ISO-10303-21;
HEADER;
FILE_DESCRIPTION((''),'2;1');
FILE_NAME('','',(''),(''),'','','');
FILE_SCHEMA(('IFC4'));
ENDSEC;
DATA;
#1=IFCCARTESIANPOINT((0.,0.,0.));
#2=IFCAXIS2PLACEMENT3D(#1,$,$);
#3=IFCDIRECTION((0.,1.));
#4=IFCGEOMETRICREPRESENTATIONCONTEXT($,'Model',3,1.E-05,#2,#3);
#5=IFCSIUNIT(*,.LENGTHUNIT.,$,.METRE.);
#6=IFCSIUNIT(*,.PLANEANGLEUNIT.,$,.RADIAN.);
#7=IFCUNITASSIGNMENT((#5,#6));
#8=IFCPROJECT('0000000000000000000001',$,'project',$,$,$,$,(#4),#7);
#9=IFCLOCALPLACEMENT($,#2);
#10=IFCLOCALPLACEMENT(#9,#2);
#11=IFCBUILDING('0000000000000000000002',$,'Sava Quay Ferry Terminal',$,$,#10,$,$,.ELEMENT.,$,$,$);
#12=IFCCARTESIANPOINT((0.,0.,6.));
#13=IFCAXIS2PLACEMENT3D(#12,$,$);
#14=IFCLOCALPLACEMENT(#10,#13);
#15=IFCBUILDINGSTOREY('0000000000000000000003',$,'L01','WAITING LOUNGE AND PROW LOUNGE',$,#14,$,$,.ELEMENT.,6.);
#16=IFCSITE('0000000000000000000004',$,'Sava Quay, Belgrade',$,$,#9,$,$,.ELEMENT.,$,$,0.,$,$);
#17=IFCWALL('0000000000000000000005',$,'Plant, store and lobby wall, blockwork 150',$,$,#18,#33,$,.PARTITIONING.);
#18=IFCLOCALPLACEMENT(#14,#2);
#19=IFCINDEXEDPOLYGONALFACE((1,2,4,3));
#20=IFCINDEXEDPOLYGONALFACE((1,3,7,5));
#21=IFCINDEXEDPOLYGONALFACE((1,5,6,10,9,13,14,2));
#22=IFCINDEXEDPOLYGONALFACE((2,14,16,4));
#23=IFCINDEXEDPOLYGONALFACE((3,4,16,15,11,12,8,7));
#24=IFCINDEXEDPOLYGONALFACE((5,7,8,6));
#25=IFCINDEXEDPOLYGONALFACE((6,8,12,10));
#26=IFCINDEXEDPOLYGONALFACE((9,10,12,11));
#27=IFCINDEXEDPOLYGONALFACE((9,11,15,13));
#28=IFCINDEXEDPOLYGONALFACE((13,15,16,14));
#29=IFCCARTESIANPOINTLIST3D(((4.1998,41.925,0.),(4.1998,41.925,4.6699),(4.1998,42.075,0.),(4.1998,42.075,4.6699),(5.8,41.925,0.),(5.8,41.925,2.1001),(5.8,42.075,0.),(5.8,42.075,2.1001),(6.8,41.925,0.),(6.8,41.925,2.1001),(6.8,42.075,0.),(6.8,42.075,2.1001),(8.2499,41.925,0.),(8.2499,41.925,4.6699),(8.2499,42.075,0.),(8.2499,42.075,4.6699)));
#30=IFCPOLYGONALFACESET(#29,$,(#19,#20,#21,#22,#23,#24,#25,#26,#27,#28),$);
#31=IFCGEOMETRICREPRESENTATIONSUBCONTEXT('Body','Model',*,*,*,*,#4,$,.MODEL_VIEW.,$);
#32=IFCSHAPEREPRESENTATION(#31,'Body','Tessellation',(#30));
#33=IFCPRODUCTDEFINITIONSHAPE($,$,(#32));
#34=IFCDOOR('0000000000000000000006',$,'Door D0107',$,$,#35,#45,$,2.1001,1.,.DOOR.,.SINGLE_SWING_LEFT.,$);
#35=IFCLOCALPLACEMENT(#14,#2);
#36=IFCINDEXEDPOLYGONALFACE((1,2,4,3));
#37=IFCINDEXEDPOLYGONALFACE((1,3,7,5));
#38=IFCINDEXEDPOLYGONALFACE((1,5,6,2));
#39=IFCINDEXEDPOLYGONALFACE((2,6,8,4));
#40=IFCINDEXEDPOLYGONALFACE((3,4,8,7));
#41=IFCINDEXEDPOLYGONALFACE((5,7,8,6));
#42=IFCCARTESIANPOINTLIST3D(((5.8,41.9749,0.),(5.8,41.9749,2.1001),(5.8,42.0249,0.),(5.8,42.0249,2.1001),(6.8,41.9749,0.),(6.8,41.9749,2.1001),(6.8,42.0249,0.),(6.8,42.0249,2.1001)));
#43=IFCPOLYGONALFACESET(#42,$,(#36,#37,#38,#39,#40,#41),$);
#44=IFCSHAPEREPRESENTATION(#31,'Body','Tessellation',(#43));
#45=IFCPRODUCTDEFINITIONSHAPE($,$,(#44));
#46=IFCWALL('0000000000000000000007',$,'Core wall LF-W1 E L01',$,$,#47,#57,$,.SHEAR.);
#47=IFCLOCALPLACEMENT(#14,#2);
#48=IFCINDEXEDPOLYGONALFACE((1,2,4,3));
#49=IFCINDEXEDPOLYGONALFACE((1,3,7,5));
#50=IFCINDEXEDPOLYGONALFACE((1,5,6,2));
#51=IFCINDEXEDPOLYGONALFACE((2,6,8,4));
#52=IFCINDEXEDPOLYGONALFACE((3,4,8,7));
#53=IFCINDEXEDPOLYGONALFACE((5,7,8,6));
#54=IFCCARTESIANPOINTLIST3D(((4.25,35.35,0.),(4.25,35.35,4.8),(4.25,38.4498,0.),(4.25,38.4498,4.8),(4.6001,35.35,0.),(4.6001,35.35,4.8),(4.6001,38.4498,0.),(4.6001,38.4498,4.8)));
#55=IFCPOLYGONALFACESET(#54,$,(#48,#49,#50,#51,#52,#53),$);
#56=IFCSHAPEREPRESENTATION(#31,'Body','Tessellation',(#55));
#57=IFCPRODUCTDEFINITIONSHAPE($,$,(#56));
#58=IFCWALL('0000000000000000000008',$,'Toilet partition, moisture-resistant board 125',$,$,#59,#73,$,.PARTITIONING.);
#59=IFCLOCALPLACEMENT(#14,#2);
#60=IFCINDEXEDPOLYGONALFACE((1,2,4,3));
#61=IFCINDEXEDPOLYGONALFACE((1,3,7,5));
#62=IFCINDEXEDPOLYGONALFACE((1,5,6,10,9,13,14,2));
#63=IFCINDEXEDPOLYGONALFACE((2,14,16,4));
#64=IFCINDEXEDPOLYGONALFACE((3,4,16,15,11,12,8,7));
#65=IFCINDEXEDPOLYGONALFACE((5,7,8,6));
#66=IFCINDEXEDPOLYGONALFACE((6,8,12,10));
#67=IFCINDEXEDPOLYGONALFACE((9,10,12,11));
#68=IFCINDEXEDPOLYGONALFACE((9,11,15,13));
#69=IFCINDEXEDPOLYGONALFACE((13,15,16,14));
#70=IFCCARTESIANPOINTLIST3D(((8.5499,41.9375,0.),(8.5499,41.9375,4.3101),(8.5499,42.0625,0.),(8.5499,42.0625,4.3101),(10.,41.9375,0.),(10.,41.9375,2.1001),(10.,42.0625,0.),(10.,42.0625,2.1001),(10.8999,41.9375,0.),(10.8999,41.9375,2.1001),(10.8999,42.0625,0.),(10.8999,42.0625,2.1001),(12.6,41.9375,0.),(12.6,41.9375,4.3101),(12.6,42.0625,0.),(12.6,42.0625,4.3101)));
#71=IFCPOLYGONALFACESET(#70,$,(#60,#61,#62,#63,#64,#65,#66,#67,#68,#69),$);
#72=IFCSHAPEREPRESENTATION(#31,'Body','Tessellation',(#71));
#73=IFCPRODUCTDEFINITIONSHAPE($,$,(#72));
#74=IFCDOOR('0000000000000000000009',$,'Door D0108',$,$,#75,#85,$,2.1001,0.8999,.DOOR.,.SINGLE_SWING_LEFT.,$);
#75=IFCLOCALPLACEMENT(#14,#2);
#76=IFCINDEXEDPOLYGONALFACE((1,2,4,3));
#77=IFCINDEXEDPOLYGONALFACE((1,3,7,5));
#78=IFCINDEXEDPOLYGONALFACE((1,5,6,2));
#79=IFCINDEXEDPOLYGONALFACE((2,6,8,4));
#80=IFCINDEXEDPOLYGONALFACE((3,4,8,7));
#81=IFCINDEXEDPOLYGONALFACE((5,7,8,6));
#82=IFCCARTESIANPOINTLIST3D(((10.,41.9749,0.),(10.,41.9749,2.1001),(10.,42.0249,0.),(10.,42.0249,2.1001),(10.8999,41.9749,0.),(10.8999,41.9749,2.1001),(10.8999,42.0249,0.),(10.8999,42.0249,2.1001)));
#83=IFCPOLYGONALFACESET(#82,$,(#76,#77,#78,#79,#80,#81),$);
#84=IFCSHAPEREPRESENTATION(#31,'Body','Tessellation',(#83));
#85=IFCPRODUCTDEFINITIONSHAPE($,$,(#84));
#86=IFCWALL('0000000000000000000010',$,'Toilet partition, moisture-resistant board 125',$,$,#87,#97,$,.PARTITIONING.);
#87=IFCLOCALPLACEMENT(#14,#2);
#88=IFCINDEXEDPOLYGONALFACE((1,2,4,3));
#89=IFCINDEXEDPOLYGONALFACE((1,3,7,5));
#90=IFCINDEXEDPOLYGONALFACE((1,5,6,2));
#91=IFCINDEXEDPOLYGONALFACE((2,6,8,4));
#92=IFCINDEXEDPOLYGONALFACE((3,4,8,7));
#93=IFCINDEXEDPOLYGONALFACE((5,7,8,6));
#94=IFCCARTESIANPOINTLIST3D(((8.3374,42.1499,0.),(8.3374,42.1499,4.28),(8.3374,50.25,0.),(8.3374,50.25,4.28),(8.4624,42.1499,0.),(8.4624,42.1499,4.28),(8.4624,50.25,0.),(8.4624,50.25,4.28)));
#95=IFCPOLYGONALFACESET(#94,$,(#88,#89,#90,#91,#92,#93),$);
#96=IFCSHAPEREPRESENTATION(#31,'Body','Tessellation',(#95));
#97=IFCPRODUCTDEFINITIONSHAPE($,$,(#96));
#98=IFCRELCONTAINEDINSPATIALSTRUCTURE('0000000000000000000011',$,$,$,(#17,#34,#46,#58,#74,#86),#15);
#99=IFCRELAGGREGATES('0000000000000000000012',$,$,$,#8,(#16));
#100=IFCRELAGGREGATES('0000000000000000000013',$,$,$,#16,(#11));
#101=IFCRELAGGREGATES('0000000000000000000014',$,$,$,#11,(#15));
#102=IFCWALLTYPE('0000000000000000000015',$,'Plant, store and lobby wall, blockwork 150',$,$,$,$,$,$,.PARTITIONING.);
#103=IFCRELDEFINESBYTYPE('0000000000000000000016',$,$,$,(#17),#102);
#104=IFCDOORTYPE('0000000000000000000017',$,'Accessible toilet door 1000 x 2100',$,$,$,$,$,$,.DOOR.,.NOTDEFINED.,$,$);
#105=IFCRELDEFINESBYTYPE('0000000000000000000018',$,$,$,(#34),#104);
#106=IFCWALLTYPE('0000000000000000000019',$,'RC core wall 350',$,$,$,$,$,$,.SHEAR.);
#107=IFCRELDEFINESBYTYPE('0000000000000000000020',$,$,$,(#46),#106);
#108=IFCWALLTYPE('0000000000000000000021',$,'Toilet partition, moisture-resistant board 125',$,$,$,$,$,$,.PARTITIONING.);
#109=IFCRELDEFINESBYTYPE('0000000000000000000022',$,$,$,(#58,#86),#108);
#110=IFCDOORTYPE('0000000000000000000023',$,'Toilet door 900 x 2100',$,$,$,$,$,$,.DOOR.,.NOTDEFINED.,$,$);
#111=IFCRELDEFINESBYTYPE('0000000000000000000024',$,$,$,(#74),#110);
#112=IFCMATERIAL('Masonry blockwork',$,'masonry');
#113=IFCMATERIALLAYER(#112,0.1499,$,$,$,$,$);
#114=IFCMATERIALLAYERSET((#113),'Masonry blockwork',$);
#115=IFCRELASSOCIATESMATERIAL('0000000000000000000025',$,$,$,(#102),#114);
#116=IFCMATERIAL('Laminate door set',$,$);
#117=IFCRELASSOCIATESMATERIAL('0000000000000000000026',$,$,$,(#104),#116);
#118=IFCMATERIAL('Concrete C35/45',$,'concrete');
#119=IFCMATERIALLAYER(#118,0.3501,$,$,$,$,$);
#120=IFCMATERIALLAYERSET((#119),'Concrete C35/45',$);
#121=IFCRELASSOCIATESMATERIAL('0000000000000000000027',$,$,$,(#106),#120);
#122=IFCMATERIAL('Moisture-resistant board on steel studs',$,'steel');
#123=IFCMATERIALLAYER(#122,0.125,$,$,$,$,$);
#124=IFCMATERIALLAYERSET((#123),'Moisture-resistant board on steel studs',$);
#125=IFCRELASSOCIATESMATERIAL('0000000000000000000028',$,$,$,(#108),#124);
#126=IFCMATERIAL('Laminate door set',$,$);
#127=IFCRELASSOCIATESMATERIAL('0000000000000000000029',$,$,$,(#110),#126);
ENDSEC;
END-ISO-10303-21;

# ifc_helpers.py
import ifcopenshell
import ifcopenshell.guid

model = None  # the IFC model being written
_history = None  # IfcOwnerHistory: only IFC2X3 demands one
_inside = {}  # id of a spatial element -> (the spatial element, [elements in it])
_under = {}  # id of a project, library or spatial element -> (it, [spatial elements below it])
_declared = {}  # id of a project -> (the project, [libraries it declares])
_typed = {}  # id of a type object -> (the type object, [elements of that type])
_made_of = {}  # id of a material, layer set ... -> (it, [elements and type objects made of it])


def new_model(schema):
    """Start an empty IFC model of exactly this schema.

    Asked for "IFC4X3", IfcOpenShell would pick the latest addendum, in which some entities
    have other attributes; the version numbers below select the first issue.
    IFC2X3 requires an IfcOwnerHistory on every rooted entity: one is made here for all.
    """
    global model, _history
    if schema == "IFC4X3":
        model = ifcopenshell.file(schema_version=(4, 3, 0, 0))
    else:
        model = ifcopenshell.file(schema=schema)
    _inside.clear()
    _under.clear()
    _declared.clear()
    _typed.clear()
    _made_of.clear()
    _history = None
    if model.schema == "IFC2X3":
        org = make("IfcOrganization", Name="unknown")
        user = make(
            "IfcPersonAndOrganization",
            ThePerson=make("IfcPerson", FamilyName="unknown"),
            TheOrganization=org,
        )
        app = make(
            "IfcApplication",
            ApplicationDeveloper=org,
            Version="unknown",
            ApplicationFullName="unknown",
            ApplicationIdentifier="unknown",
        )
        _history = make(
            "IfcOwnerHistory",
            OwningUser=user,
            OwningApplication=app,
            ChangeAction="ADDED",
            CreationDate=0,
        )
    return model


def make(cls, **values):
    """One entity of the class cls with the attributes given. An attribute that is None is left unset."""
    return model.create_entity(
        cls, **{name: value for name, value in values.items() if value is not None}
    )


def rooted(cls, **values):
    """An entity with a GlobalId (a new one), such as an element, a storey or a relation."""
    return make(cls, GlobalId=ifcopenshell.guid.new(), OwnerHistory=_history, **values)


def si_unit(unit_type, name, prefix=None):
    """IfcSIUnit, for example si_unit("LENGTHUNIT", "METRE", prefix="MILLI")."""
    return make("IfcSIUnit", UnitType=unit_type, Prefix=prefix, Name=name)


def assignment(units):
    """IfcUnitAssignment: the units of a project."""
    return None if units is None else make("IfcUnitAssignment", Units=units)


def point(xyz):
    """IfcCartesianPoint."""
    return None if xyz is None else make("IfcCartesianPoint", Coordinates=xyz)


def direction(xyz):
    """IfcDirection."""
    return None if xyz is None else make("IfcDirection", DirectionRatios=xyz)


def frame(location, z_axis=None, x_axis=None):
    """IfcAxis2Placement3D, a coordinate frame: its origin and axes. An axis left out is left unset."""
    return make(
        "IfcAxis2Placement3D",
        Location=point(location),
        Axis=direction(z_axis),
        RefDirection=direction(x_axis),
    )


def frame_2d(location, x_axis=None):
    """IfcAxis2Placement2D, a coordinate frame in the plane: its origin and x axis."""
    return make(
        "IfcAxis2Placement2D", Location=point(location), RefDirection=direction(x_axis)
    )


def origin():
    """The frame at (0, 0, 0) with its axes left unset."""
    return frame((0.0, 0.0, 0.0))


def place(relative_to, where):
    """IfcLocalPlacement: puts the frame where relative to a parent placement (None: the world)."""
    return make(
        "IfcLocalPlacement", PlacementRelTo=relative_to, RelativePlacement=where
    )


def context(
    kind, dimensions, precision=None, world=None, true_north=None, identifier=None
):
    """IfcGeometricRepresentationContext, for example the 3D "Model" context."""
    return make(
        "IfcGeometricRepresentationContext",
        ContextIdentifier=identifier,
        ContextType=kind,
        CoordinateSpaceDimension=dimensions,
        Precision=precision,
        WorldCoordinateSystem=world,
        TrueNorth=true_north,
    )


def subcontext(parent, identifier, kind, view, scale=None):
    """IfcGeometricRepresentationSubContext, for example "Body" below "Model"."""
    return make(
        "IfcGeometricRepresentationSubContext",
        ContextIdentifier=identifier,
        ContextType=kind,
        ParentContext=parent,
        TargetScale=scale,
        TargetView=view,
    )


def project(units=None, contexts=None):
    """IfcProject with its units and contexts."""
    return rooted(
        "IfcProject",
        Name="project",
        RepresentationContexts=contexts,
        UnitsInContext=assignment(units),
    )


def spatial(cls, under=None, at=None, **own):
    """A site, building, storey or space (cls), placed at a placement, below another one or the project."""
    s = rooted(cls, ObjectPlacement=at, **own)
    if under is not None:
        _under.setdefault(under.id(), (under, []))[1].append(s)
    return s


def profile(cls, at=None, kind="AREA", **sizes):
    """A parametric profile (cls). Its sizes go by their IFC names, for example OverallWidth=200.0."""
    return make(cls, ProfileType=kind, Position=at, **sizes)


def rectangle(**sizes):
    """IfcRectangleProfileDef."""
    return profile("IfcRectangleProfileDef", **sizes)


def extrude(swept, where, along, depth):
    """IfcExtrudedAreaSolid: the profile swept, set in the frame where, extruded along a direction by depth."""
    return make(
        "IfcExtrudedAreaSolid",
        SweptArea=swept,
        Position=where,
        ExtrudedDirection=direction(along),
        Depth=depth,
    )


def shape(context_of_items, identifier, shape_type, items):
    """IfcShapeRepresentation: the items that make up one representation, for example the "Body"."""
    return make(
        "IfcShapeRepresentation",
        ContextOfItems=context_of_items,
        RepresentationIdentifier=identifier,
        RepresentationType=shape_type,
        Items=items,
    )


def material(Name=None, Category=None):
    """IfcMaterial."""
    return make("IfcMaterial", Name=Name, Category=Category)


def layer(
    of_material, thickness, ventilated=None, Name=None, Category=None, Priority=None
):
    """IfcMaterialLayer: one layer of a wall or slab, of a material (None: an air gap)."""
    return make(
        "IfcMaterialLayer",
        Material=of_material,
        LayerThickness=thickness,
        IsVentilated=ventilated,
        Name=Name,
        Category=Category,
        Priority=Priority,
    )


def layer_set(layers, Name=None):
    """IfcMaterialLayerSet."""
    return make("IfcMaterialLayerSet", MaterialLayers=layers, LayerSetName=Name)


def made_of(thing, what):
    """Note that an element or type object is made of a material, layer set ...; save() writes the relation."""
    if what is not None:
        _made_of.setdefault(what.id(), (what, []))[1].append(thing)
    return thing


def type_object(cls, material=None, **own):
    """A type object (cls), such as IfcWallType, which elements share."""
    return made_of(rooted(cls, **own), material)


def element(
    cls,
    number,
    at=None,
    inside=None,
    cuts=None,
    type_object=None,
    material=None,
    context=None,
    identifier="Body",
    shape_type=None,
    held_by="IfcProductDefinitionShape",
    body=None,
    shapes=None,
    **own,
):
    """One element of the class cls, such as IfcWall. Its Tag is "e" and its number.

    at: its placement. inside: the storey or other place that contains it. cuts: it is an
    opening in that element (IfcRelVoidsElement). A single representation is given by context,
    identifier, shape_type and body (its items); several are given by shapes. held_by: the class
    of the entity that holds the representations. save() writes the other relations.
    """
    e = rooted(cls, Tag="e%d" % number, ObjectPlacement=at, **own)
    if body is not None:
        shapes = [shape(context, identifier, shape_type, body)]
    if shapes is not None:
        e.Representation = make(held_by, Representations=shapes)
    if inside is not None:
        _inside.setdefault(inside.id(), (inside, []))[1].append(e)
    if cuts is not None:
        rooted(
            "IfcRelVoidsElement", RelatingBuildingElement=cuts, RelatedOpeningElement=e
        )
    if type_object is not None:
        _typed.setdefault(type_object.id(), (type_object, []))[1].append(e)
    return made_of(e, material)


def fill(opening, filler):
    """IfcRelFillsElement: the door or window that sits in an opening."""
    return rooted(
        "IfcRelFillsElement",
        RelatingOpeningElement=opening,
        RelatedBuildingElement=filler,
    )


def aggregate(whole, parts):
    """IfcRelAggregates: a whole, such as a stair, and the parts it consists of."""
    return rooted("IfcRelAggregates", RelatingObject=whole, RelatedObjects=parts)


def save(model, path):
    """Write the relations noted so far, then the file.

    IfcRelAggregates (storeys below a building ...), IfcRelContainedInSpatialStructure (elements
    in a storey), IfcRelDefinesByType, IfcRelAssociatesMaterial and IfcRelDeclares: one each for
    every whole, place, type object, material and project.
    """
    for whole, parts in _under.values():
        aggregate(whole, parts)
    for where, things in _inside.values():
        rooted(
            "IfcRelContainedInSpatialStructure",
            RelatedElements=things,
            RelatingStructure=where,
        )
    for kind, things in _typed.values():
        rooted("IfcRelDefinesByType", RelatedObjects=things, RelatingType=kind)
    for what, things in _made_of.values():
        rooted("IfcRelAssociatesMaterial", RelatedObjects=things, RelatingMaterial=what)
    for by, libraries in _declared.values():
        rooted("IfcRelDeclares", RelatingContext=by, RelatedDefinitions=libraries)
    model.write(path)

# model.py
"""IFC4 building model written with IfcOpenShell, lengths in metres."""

from ifc_helpers import new_model, si_unit, direction, frame, frame_2d, origin, place, context, subcontext, project, spatial, rectangle, extrude, material, layer, layer_set, type_object, element, fill, save


model = new_model("IFC4")

# Units and contexts
model_context = context("Model", 3, precision=1e-05, world=origin(), true_north=direction((0.0, 1.0)))
body_context = subcontext(model_context, "Body", "Model", "MODEL_VIEW")
ifc_project = project(units=[si_unit("LENGTHUNIT", "METRE"), si_unit("PLANEANGLEUNIT", "RADIAN")], contexts=[model_context])

# Site, building, storey
site_placement = place(None, origin())
site = spatial("IfcSite", under=ifc_project, at=site_placement, Name="Sava Quay, Belgrade", CompositionType="ELEMENT", RefElevation=0.0)
building_placement = place(site_placement, origin())
building = spatial("IfcBuilding", under=site, at=building_placement, Name="Sava Quay Ferry Terminal", CompositionType="ELEMENT")
storey_placement = place(building_placement, frame((0.0, 0.0, 6.0)))
storey = spatial("IfcBuildingStorey", under=building, at=storey_placement, Name="L01", Description="WAITING LOUNGE AND PROW LOUNGE", CompositionType="ELEMENT", Elevation=6.0)

# Wall, opening, door
ifc_material_1 = material(Name="Masonry blockwork", Category="masonry")
ifc_layer_1 = layer(ifc_material_1, 0.1499)
ifc_layer_set_1 = layer_set([ifc_layer_1], Name="Masonry blockwork")
wall_type_1 = type_object("IfcWallType", Name="Plant, store and lobby wall, blockwork 150", PredefinedType="PARTITIONING", material=ifc_layer_set_1)
wall_1_placement = place(storey_placement, frame((4.2, 42.0, 0.0), z_axis=(0.0, 0.0, 1.0), x_axis=(1.0, 0.0, 0.0)))
wall_1 = element("IfcWall", 1, at=wall_1_placement, inside=storey, type_object=wall_type_1, Name="Plant, store and lobby wall, blockwork 150", PredefinedType="PARTITIONING", context=body_context, shape_type="SweptSolid", body=[
    extrude(rectangle(XDim=4.05, YDim=0.1499, at=frame_2d((2.0249, 0.0))), origin(), (0.0, 0.0, 1.0), 4.6699),
])
opening_1_placement = place(wall_1_placement, frame((1.6001, 0.0, 0.0)))
opening_1 = element("IfcOpeningElement", 2, at=opening_1_placement, cuts=wall_1, PredefinedType="OPENING", context=body_context, shape_type="SweptSolid", body=[
    extrude(rectangle(XDim=1.0, YDim=2.1001, at=frame_2d((0.5, 1.05))), frame((0.0, 0.075, 0.0), z_axis=(0.0, -1.0, 0.0), x_axis=(1.0, 0.0, 0.0)), (0.0, 0.0, 1.0), 0.1499),
])
ifc_material_2 = material(Name="Laminate door set")
door_type_1 = type_object("IfcDoorType", Name="Accessible toilet door 1000 x 2100", OperationType="NOTDEFINED", PredefinedType="DOOR", material=ifc_material_2)
door_1_placement = place(opening_1_placement, origin())
door_1 = element("IfcDoor", 3, at=door_1_placement, inside=storey, type_object=door_type_1, Name="Door D0107", OperationType="SINGLE_SWING_LEFT", OverallHeight=2.1001, OverallWidth=1.0, PredefinedType="DOOR", context=body_context, shape_type="SweptSolid", body=[
    extrude(rectangle(XDim=1.0, YDim=2.1001, at=frame_2d((0.5, 1.05))), frame((0.0, 0.0249, 0.0), z_axis=(0.0, -1.0, 0.0), x_axis=(1.0, 0.0, 0.0)), (0.0, 0.0, 1.0), 0.05),
])
fill(opening_1, door_1)

# Wall
ifc_material_3 = material(Name="Concrete C35/45", Category="concrete")
ifc_layer_2 = layer(ifc_material_3, 0.3501)
ifc_layer_set_2 = layer_set([ifc_layer_2], Name="Concrete C35/45")
wall_type_2 = type_object("IfcWallType", Name="RC core wall 350", PredefinedType="SHEAR", material=ifc_layer_set_2)
wall_2_placement = place(storey_placement, frame((4.425, 35.3501, 0.0), z_axis=(0.0, 0.0, 1.0), x_axis=(0.0, 1.0, 0.0)))
element("IfcWall", 4, at=wall_2_placement, inside=storey, type_object=wall_type_2, Name="Core wall LF-W1 E L01", PredefinedType="SHEAR", context=body_context, shape_type="SweptSolid", body=[
    extrude(rectangle(XDim=3.0999, YDim=0.3501, at=frame_2d((1.5498, 0.0))), origin(), (0.0, 0.0, 1.0), 4.8),
])

# Wall, opening, door
ifc_material_4 = material(Name="Moisture-resistant board on steel studs", Category="steel")
ifc_layer_3 = layer(ifc_material_4, 0.125)
ifc_layer_set_3 = layer_set([ifc_layer_3], Name="Moisture-resistant board on steel studs")
wall_type_3 = type_object("IfcWallType", Name="Toilet partition, moisture-resistant board 125", PredefinedType="PARTITIONING", material=ifc_layer_set_3)
wall_3_placement = place(storey_placement, frame((8.55, 42.0, 0.0), z_axis=(0.0, 0.0, 1.0), x_axis=(1.0, 0.0, 0.0)))
wall_3 = element("IfcWall", 5, at=wall_3_placement, inside=storey, type_object=wall_type_3, Name="Toilet partition, moisture-resistant board 125", PredefinedType="PARTITIONING", context=body_context, shape_type="SweptSolid", body=[
    extrude(rectangle(XDim=4.05, YDim=0.125, at=frame_2d((2.0249, 0.0))), origin(), (0.0, 0.0, 1.0), 4.3101),
])
opening_2_placement = place(wall_3_placement, frame((1.45, 0.0, 0.0)))
opening_2 = element("IfcOpeningElement", 6, at=opening_2_placement, cuts=wall_3, PredefinedType="OPENING", context=body_context, shape_type="SweptSolid", body=[
    extrude(rectangle(XDim=0.8999, YDim=2.1001, at=frame_2d((0.45, 1.05))), frame((0.0, 0.0625, 0.0), z_axis=(0.0, -1.0, 0.0), x_axis=(1.0, 0.0, 0.0)), (0.0, 0.0, 1.0), 0.125),
])
ifc_material_5 = material(Name="Laminate door set")
door_type_2 = type_object("IfcDoorType", Name="Toilet door 900 x 2100", OperationType="NOTDEFINED", PredefinedType="DOOR", material=ifc_material_5)
door_2_placement = place(opening_2_placement, origin())
door_2 = element("IfcDoor", 7, at=door_2_placement, inside=storey, type_object=door_type_2, Name="Door D0108", OperationType="SINGLE_SWING_LEFT", OverallHeight=2.1001, OverallWidth=0.8999, PredefinedType="DOOR", context=body_context, shape_type="SweptSolid", body=[
    extrude(rectangle(XDim=0.8999, YDim=2.1001, at=frame_2d((0.45, 1.05))), frame((0.0, 0.0249, 0.0), z_axis=(0.0, -1.0, 0.0), x_axis=(1.0, 0.0, 0.0)), (0.0, 0.0, 1.0), 0.05),
])
fill(opening_2, door_2)

# Wall
wall_4_placement = place(storey_placement, frame((8.3999, 42.1499, 0.0), z_axis=(0.0, 0.0, 1.0), x_axis=(0.0, 1.0, 0.0)))
element("IfcWall", 8, at=wall_4_placement, inside=storey, type_object=wall_type_3, Name="Toilet partition, moisture-resistant board 125", PredefinedType="PARTITIONING", context=body_context, shape_type="SweptSolid", body=[
    extrude(rectangle(XDim=8.1001, YDim=0.125, at=frame_2d((4.05, 0.0))), origin(), (0.0, 0.0, 1.0), 4.28),
])

save(model, "model.ifc")
